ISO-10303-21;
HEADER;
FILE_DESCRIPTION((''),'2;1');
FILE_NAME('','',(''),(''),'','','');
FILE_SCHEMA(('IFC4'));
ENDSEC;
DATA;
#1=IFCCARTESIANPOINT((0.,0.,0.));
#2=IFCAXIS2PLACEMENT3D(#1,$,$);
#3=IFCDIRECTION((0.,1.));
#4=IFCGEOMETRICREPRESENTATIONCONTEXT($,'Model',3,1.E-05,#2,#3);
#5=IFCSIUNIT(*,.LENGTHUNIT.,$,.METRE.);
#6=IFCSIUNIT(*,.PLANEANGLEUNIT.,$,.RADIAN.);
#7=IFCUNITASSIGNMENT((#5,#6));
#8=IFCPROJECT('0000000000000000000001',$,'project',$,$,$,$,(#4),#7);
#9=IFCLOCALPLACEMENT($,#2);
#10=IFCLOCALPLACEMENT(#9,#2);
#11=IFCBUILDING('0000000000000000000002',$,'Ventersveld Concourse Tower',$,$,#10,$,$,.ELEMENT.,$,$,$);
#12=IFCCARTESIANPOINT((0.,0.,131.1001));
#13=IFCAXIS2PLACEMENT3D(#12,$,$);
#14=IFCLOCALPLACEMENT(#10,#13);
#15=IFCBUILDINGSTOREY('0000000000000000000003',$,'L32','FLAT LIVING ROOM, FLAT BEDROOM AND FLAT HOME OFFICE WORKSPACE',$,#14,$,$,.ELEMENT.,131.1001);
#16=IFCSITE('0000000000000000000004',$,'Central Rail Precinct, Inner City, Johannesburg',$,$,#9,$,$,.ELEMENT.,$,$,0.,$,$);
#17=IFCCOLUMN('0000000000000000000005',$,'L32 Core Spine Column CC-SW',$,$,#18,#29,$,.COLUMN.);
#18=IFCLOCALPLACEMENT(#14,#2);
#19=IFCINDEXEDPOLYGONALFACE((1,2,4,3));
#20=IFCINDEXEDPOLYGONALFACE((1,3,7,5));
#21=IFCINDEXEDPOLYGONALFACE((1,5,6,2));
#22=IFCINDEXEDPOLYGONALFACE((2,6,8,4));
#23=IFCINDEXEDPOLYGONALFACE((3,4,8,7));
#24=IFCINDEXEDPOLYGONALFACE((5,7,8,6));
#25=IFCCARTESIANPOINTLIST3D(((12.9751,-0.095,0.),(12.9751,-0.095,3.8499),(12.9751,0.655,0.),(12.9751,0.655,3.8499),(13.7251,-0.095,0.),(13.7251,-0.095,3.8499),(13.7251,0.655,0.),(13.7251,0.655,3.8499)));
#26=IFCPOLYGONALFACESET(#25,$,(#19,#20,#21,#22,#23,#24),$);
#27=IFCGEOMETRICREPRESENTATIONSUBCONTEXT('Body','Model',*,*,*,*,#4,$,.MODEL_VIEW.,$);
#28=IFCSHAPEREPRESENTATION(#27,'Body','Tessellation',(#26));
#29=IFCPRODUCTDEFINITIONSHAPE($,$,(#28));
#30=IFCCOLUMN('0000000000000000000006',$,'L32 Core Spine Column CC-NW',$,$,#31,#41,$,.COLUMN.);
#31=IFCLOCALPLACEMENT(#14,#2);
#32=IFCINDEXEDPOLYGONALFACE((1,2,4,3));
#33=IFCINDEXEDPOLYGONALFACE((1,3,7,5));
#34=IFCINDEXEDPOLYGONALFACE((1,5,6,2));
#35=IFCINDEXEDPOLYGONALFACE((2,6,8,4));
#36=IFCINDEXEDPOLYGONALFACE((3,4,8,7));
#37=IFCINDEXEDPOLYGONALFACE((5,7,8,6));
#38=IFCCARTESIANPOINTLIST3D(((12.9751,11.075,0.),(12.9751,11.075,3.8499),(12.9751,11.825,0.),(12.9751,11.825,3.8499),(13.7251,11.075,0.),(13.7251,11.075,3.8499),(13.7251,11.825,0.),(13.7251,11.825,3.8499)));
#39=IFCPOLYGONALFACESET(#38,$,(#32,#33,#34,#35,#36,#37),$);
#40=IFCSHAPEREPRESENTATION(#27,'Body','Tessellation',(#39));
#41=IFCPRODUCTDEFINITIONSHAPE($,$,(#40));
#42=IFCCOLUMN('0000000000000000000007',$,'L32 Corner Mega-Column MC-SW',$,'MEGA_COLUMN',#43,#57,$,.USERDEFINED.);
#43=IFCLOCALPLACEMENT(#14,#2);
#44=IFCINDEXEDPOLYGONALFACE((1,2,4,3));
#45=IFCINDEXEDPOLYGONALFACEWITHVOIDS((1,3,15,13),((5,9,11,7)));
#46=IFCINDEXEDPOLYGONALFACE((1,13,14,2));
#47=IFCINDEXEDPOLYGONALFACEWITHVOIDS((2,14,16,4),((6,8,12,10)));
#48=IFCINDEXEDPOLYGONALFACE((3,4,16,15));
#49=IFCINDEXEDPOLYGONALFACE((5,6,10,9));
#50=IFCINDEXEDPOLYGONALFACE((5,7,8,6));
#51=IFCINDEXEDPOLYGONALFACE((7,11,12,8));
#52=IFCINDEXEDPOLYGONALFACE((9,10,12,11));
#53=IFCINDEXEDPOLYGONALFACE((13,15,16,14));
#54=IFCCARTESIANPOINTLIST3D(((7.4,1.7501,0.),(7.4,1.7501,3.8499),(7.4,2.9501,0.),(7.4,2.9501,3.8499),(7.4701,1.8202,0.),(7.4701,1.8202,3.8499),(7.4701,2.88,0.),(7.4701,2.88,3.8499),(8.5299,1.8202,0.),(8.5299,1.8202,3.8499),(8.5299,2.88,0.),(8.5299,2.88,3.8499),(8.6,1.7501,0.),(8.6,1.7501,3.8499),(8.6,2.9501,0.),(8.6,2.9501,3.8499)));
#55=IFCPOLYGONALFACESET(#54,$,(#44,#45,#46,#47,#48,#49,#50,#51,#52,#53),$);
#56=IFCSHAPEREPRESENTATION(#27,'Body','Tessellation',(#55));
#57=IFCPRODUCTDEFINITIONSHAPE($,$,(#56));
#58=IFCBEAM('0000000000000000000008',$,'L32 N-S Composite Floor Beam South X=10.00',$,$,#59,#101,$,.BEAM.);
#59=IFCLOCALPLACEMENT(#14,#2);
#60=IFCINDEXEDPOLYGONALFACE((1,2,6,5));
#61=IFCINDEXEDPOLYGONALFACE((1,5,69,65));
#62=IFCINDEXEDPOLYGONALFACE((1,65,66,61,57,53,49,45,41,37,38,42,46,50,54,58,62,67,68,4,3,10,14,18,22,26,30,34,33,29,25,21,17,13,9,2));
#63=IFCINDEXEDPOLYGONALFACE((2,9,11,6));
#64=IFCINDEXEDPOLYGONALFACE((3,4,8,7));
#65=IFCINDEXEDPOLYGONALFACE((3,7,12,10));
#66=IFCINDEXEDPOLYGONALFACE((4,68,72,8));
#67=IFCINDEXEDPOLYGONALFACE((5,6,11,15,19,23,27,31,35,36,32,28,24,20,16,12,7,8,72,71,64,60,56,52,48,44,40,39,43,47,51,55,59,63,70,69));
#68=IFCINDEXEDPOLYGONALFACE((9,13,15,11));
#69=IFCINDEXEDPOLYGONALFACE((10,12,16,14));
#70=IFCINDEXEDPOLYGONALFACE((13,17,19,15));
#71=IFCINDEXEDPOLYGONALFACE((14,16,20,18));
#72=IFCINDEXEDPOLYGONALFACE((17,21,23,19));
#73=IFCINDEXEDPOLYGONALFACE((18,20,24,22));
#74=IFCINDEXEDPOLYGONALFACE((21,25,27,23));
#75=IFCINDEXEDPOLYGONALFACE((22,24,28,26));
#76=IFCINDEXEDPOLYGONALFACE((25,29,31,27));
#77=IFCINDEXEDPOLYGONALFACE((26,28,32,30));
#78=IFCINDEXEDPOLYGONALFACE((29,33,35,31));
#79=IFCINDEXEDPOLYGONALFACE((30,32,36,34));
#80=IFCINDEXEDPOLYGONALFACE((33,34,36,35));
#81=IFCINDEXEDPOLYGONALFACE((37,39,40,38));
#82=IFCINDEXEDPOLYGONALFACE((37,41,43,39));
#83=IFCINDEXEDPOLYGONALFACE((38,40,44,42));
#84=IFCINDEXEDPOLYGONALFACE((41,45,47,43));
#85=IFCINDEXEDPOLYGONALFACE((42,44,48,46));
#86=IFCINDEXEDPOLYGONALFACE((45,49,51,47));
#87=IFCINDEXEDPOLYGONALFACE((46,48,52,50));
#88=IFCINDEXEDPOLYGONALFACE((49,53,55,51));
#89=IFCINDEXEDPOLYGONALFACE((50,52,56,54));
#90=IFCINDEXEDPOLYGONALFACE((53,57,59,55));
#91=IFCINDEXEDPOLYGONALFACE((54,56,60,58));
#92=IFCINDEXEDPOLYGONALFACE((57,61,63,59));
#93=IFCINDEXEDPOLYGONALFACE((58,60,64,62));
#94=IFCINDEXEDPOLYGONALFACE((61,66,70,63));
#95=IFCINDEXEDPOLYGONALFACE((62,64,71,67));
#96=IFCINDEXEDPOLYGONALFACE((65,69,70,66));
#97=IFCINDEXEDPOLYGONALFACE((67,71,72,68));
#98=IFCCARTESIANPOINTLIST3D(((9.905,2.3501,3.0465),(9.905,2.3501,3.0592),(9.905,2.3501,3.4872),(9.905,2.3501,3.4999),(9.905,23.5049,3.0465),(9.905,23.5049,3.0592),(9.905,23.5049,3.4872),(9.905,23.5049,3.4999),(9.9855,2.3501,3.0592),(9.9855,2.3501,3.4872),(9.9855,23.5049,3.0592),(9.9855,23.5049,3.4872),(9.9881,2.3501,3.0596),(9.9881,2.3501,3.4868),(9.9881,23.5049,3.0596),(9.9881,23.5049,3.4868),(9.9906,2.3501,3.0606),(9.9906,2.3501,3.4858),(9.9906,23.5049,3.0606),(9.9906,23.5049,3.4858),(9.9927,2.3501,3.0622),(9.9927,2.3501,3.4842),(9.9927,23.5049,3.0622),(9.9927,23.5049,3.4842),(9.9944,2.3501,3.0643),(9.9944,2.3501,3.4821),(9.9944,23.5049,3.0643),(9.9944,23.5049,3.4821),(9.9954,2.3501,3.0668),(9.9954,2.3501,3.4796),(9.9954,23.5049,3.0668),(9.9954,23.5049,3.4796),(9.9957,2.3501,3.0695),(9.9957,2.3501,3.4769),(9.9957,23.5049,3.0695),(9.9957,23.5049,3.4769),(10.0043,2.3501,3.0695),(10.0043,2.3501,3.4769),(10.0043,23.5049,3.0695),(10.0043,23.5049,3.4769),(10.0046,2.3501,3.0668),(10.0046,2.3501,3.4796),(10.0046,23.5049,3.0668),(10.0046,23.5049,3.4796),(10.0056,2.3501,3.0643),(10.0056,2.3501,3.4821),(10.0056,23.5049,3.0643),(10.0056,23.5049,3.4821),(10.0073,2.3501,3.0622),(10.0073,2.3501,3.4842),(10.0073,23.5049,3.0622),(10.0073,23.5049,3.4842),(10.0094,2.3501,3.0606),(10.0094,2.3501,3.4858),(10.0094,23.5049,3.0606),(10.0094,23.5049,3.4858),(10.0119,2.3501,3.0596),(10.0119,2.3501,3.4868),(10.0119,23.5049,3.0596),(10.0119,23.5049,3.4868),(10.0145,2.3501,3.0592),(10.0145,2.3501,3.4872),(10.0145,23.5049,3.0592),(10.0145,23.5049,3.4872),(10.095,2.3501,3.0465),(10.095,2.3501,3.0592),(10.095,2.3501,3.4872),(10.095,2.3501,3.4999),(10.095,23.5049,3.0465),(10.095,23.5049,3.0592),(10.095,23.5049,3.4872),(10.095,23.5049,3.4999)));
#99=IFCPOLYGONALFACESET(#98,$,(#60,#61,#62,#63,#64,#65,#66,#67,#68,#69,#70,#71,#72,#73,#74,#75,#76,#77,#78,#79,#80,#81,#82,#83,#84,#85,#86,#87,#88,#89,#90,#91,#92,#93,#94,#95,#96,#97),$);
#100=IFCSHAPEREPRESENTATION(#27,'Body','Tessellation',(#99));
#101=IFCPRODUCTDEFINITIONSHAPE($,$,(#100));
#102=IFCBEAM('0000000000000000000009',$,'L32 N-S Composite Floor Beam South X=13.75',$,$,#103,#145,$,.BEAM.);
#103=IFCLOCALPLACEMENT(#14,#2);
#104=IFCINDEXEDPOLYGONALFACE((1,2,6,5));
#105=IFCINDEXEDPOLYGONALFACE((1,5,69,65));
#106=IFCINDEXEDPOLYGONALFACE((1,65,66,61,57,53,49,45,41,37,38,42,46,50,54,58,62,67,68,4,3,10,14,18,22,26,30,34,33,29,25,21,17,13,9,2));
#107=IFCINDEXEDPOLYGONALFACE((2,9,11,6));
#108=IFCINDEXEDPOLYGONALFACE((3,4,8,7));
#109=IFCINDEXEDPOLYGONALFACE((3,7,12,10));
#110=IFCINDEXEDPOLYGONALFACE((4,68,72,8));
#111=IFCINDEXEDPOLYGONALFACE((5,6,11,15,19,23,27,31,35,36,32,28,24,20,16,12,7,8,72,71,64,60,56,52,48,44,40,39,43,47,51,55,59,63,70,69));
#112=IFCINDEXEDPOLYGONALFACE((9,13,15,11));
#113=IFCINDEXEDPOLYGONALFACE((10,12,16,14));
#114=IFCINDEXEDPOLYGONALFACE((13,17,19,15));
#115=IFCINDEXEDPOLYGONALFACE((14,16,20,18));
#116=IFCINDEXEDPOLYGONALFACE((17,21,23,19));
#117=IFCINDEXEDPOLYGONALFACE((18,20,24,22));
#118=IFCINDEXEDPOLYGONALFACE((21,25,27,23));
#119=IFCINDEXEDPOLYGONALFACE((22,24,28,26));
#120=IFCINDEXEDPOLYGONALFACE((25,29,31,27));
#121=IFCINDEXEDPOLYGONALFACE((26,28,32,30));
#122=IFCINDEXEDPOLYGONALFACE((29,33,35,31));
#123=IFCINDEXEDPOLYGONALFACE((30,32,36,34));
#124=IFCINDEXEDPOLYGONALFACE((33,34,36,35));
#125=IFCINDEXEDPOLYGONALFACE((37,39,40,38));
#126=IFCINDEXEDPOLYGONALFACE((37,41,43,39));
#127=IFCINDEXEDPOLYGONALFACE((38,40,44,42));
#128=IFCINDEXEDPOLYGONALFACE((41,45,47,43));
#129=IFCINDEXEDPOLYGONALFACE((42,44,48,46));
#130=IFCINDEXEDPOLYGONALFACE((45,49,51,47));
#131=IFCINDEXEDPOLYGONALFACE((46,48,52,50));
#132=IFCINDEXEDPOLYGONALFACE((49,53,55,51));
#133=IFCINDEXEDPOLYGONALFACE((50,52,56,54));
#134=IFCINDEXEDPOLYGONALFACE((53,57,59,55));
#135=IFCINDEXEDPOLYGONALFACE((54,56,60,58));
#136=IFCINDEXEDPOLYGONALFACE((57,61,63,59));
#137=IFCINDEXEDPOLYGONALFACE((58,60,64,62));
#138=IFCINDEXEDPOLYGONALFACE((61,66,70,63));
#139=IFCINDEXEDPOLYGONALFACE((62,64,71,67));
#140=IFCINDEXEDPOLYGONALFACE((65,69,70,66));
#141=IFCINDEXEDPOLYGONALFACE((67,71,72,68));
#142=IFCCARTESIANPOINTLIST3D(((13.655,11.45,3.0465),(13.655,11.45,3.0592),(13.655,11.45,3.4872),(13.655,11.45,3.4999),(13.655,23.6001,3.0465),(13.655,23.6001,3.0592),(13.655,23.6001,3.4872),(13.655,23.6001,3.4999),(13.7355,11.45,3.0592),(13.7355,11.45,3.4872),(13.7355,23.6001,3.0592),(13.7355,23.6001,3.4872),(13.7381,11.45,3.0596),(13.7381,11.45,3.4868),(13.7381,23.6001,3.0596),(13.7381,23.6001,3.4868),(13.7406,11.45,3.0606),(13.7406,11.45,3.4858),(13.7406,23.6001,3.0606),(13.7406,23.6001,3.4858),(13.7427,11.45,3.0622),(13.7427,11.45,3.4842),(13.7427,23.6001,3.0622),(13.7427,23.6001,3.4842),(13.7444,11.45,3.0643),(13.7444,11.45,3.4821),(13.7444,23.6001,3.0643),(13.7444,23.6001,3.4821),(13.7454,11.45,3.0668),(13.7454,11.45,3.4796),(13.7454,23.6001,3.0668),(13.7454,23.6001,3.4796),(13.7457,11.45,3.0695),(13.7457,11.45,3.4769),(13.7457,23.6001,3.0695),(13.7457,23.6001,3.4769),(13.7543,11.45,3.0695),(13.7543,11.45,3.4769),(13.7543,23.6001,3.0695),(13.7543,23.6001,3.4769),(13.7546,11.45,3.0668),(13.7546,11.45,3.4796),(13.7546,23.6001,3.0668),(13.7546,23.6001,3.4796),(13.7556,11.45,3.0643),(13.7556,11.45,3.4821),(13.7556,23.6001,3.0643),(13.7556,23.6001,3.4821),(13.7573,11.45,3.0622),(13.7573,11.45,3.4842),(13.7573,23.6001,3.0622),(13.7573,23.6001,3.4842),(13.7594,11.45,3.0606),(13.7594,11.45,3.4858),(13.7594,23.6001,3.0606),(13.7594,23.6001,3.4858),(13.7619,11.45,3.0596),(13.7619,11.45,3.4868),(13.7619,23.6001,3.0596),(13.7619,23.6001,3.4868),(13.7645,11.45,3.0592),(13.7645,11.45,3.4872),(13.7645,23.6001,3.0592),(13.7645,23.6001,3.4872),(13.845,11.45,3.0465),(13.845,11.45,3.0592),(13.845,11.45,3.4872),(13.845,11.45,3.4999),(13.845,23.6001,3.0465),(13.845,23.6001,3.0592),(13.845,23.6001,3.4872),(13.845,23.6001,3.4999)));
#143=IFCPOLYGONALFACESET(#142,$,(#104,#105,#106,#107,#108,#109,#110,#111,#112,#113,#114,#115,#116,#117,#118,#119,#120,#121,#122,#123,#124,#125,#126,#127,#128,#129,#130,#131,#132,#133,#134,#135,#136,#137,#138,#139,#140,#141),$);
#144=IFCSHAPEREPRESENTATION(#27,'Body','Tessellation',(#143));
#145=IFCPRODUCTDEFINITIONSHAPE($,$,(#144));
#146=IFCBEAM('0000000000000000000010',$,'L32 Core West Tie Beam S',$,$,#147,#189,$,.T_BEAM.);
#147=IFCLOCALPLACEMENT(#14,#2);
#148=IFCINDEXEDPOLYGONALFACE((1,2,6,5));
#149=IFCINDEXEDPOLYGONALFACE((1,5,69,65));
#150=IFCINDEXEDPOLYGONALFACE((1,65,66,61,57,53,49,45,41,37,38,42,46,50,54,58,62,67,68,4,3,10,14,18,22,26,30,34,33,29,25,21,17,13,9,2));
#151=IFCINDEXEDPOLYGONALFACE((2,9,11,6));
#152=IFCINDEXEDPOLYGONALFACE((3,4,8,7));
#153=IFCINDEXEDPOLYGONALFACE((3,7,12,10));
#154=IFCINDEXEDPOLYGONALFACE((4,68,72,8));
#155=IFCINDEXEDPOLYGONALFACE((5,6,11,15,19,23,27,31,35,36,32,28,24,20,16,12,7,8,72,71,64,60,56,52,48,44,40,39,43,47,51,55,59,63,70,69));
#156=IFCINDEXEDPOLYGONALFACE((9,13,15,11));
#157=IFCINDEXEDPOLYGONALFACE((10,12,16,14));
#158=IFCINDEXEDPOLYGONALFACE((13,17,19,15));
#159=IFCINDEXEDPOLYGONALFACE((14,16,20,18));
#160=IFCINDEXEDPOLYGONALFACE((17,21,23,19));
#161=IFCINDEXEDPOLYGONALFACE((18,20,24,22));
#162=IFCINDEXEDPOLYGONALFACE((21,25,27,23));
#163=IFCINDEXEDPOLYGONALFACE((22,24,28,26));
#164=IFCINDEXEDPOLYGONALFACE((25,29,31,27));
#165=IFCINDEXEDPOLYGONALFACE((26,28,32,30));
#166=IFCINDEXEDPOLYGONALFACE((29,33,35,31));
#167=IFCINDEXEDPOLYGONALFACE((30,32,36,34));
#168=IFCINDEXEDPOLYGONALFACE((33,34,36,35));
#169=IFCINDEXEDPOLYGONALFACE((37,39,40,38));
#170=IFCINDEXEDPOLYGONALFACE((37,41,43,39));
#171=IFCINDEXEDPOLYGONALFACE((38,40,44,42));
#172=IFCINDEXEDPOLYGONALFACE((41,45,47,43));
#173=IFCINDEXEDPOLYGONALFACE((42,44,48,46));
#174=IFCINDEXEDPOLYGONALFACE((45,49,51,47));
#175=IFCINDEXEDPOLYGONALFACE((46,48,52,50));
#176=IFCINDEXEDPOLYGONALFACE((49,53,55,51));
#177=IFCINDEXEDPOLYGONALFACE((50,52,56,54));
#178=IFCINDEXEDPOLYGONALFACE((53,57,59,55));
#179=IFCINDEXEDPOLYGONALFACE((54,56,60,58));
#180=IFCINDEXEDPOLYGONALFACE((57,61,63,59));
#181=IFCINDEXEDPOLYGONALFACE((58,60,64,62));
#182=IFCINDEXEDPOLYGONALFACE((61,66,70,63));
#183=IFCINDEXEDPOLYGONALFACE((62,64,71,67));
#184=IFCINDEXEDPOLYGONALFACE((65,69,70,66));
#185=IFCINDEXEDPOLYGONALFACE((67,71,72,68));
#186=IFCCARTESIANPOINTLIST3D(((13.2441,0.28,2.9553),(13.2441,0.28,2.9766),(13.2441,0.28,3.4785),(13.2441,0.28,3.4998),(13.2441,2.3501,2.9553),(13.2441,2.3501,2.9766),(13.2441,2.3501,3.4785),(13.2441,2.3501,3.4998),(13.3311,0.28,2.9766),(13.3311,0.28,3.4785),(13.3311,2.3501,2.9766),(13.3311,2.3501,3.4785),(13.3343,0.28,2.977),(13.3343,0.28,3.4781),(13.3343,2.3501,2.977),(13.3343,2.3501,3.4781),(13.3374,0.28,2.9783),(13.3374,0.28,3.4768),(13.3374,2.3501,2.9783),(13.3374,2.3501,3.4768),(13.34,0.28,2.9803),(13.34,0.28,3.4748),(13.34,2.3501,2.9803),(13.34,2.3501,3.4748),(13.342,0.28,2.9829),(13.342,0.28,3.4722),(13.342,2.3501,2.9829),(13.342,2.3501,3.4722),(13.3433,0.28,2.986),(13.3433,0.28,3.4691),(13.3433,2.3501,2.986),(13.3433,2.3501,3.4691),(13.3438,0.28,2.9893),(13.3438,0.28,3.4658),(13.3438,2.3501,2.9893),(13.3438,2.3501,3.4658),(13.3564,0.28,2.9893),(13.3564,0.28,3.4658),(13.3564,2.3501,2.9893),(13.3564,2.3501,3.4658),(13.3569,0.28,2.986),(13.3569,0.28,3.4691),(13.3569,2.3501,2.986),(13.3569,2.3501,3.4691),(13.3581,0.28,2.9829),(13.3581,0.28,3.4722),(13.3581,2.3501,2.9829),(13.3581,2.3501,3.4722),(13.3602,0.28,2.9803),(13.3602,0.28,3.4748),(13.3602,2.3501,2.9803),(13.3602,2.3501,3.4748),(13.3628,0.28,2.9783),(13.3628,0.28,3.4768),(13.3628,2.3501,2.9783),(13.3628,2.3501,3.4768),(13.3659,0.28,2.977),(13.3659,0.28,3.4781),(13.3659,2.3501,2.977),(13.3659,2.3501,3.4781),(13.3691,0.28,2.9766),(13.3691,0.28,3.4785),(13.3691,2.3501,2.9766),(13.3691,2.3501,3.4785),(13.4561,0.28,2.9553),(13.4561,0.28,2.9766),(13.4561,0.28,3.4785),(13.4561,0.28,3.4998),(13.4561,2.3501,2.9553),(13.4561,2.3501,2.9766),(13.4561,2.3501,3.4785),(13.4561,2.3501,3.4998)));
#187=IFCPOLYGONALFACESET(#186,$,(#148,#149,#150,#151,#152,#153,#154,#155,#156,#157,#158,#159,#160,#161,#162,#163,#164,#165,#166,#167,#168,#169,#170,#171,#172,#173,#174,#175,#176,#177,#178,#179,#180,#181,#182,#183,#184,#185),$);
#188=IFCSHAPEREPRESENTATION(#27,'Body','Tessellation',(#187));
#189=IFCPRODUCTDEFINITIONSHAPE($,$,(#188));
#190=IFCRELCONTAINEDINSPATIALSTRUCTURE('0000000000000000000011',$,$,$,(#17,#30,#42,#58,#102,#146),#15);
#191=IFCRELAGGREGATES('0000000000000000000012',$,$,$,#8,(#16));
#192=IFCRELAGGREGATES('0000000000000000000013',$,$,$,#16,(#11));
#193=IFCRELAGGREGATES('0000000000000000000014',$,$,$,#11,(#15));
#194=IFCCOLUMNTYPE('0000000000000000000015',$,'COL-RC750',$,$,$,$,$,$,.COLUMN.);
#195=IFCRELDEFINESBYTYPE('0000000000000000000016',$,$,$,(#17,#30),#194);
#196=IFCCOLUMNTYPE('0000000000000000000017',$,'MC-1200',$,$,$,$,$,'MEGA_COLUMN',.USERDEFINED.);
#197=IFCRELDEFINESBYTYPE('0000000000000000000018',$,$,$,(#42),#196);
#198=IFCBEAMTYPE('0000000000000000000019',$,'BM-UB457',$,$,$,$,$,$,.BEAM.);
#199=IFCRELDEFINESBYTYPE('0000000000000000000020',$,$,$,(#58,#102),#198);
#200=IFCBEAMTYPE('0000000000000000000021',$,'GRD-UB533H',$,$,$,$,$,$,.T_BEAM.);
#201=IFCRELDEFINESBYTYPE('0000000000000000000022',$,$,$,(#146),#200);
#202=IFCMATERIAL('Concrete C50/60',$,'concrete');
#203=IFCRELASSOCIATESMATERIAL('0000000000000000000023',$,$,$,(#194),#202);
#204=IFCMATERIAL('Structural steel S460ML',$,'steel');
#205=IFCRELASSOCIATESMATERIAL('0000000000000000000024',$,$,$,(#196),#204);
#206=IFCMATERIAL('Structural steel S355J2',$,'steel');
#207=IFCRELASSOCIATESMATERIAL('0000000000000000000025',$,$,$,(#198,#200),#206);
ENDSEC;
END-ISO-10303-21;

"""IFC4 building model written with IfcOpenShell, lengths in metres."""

from ifc_helpers import new_model, si_unit, direction, frame, origin, origin_2d, place, context, subcontext, project, spatial, rectangle, hollow_rectangle, i_section, extrude, material, material_profile, profile_set, type_object, element, save


model = new_model("IFC4")

# Units and contexts
model_context = context("Model", 3, precision=1e-05, world=origin(), true_north=direction((0.0, 1.0)))
body_context = subcontext(model_context, "Body", "Model", "MODEL_VIEW")
ifc_project = project(units=[si_unit("LENGTHUNIT", "METRE"), si_unit("PLANEANGLEUNIT", "RADIAN")], contexts=[model_context])

# Site, building, storey
site_placement = place(None, origin())
site = spatial("IfcSite", under=ifc_project, at=site_placement, Name="Central Rail Precinct, Inner City, Johannesburg", CompositionType="ELEMENT", RefElevation=0.0)
building_placement = place(site_placement, origin())
building = spatial("IfcBuilding", under=site, at=building_placement, Name="Ventersveld Concourse Tower", CompositionType="ELEMENT")
storey_placement = place(building_placement, frame((0.0, 0.0, 131.1001)))
storey = spatial("IfcBuildingStorey", under=building, at=storey_placement, Name="L32", Description="FLAT LIVING ROOM, FLAT BEDROOM AND FLAT HOME OFFICE WORKSPACE", CompositionType="ELEMENT", Elevation=131.1001)

# Columns
ifc_material_1 = material(Name="Concrete C50/60", Category="concrete")
ifc_material_profile_1 = material_profile(ifc_material_1, rectangle(XDim=0.75, YDim=0.75, at=origin_2d()), Name="RC 750x750")
ifc_profile_set_1 = profile_set([ifc_material_profile_1], Name="Concrete C50/60")
column_type_1 = type_object("IfcColumnType", Name="COL-RC750", PredefinedType="COLUMN", material=ifc_profile_set_1)
for number, where, z_axis, x_axis, name in (
    (1, (13.3501, 0.28, 0.0), (0.0, 0.0, 1.0), (1.0, 0.0, 0.0), "L32 Core Spine Column CC-SW"),
    (2, (13.3501, 11.45, 0.0), (0.0, 0.0, 1.0), (1.0, 0.0, 0.0), "L32 Core Spine Column CC-NW"),
):
    element("IfcColumn", number, at=place(storey_placement, frame(where, z_axis=z_axis, x_axis=x_axis)), inside=storey, type_object=column_type_1, Name=name, PredefinedType="COLUMN", context=body_context, shape_type="SweptSolid", body=[
        extrude(rectangle(XDim=0.75, YDim=0.75, at=origin_2d()), origin(), (0.0, 0.0, 1.0), 3.8499),
    ])
ifc_material_2 = material(Name="Structural steel S460ML", Category="steel")
ifc_material_profile_2 = material_profile(ifc_material_2, hollow_rectangle(XDim=1.2, YDim=1.2, WallThickness=0.0701, at=origin_2d()), Name="BOX 1200x1200x70")
ifc_profile_set_2 = profile_set([ifc_material_profile_2], Name="Structural steel S460ML")
column_type_2 = type_object("IfcColumnType", Name="MC-1200", ElementType="MEGA_COLUMN", PredefinedType="USERDEFINED", material=ifc_profile_set_2)
column_placement = place(storey_placement, frame((8.0, 2.3501, 0.0), z_axis=(0.0, 0.0, 1.0), x_axis=(1.0, 0.0, 0.0)))
element("IfcColumn", 3, at=column_placement, inside=storey, type_object=column_type_2, Name="L32 Corner Mega-Column MC-SW", ObjectType="MEGA_COLUMN", PredefinedType="USERDEFINED", context=body_context, shape_type="SweptSolid", body=[
    extrude(hollow_rectangle(XDim=1.2, YDim=1.2, WallThickness=0.0701, at=origin_2d()), origin(), (0.0, 0.0, 1.0), 3.8499),
])

# Beams
ifc_material_3 = material(Name="Structural steel S355J2", Category="steel")
ifc_material_profile_3 = material_profile(ifc_material_3, i_section(OverallWidth=0.1899, OverallDepth=0.4534, WebThickness=0.0085, FlangeThickness=0.0127, FilletRadius=0.0103, at=origin_2d()), Name="UB 457x191x67")
ifc_profile_set_3 = profile_set([ifc_material_profile_3], Name="Structural steel S355J2")
beam_type_1 = type_object("IfcBeamType", Name="BM-UB457", PredefinedType="BEAM", material=ifc_profile_set_3)
beam_1_placement = place(storey_placement, frame((10.0, 2.3501, 3.2732), z_axis=(0.0, 1.0, 0.0), x_axis=(-1.0, 0.0, 0.0)))
element("IfcBeam", 4, at=beam_1_placement, inside=storey, type_object=beam_type_1, Name="L32 N-S Composite Floor Beam South X=10.00", PredefinedType="BEAM", context=body_context, shape_type="SweptSolid", body=[
    extrude(i_section(OverallWidth=0.1899, OverallDepth=0.4534, WebThickness=0.0085, FlangeThickness=0.0127, FilletRadius=0.0103, at=origin_2d()), origin(), (0.0, 0.0, 1.0), 21.1548),
])
beam_2_placement = place(storey_placement, frame((13.75, 11.45, 3.2732), z_axis=(0.0, 1.0, 0.0), x_axis=(-1.0, 0.0, 0.0)))
element("IfcBeam", 5, at=beam_2_placement, inside=storey, type_object=beam_type_1, Name="L32 N-S Composite Floor Beam South X=13.75", PredefinedType="BEAM", context=body_context, shape_type="SweptSolid", body=[
    extrude(i_section(OverallWidth=0.1899, OverallDepth=0.4534, WebThickness=0.0085, FlangeThickness=0.0127, FilletRadius=0.0103, at=origin_2d()), origin(), (0.0, 0.0, 1.0), 12.1501),
])
ifc_material_profile_4 = material_profile(ifc_material_3, i_section(OverallWidth=0.2119, OverallDepth=0.5444, WebThickness=0.0127, FlangeThickness=0.0212, FilletRadius=0.0127, at=origin_2d()), Name="UB 533x210x122")
ifc_profile_set_4 = profile_set([ifc_material_profile_4], Name="Structural steel S355J2")
beam_type_2 = type_object("IfcBeamType", Name="GRD-UB533H", PredefinedType="T_BEAM", material=ifc_profile_set_4)
beam_3_placement = place(storey_placement, frame((13.3501, 0.28, 3.2275), z_axis=(0.0, 1.0, 0.0), x_axis=(-1.0, 0.0, 0.0)))
element("IfcBeam", 6, at=beam_3_placement, inside=storey, type_object=beam_type_2, Name="L32 Core West Tie Beam S", PredefinedType="T_BEAM", context=body_context, shape_type="SweptSolid", body=[
    extrude(i_section(OverallWidth=0.2119, OverallDepth=0.5444, WebThickness=0.0127, FlangeThickness=0.0212, FilletRadius=0.0127, at=origin_2d()), origin(), (0.0, 0.0, 1.0), 2.0701),
])

save(model, "model.ifc")
